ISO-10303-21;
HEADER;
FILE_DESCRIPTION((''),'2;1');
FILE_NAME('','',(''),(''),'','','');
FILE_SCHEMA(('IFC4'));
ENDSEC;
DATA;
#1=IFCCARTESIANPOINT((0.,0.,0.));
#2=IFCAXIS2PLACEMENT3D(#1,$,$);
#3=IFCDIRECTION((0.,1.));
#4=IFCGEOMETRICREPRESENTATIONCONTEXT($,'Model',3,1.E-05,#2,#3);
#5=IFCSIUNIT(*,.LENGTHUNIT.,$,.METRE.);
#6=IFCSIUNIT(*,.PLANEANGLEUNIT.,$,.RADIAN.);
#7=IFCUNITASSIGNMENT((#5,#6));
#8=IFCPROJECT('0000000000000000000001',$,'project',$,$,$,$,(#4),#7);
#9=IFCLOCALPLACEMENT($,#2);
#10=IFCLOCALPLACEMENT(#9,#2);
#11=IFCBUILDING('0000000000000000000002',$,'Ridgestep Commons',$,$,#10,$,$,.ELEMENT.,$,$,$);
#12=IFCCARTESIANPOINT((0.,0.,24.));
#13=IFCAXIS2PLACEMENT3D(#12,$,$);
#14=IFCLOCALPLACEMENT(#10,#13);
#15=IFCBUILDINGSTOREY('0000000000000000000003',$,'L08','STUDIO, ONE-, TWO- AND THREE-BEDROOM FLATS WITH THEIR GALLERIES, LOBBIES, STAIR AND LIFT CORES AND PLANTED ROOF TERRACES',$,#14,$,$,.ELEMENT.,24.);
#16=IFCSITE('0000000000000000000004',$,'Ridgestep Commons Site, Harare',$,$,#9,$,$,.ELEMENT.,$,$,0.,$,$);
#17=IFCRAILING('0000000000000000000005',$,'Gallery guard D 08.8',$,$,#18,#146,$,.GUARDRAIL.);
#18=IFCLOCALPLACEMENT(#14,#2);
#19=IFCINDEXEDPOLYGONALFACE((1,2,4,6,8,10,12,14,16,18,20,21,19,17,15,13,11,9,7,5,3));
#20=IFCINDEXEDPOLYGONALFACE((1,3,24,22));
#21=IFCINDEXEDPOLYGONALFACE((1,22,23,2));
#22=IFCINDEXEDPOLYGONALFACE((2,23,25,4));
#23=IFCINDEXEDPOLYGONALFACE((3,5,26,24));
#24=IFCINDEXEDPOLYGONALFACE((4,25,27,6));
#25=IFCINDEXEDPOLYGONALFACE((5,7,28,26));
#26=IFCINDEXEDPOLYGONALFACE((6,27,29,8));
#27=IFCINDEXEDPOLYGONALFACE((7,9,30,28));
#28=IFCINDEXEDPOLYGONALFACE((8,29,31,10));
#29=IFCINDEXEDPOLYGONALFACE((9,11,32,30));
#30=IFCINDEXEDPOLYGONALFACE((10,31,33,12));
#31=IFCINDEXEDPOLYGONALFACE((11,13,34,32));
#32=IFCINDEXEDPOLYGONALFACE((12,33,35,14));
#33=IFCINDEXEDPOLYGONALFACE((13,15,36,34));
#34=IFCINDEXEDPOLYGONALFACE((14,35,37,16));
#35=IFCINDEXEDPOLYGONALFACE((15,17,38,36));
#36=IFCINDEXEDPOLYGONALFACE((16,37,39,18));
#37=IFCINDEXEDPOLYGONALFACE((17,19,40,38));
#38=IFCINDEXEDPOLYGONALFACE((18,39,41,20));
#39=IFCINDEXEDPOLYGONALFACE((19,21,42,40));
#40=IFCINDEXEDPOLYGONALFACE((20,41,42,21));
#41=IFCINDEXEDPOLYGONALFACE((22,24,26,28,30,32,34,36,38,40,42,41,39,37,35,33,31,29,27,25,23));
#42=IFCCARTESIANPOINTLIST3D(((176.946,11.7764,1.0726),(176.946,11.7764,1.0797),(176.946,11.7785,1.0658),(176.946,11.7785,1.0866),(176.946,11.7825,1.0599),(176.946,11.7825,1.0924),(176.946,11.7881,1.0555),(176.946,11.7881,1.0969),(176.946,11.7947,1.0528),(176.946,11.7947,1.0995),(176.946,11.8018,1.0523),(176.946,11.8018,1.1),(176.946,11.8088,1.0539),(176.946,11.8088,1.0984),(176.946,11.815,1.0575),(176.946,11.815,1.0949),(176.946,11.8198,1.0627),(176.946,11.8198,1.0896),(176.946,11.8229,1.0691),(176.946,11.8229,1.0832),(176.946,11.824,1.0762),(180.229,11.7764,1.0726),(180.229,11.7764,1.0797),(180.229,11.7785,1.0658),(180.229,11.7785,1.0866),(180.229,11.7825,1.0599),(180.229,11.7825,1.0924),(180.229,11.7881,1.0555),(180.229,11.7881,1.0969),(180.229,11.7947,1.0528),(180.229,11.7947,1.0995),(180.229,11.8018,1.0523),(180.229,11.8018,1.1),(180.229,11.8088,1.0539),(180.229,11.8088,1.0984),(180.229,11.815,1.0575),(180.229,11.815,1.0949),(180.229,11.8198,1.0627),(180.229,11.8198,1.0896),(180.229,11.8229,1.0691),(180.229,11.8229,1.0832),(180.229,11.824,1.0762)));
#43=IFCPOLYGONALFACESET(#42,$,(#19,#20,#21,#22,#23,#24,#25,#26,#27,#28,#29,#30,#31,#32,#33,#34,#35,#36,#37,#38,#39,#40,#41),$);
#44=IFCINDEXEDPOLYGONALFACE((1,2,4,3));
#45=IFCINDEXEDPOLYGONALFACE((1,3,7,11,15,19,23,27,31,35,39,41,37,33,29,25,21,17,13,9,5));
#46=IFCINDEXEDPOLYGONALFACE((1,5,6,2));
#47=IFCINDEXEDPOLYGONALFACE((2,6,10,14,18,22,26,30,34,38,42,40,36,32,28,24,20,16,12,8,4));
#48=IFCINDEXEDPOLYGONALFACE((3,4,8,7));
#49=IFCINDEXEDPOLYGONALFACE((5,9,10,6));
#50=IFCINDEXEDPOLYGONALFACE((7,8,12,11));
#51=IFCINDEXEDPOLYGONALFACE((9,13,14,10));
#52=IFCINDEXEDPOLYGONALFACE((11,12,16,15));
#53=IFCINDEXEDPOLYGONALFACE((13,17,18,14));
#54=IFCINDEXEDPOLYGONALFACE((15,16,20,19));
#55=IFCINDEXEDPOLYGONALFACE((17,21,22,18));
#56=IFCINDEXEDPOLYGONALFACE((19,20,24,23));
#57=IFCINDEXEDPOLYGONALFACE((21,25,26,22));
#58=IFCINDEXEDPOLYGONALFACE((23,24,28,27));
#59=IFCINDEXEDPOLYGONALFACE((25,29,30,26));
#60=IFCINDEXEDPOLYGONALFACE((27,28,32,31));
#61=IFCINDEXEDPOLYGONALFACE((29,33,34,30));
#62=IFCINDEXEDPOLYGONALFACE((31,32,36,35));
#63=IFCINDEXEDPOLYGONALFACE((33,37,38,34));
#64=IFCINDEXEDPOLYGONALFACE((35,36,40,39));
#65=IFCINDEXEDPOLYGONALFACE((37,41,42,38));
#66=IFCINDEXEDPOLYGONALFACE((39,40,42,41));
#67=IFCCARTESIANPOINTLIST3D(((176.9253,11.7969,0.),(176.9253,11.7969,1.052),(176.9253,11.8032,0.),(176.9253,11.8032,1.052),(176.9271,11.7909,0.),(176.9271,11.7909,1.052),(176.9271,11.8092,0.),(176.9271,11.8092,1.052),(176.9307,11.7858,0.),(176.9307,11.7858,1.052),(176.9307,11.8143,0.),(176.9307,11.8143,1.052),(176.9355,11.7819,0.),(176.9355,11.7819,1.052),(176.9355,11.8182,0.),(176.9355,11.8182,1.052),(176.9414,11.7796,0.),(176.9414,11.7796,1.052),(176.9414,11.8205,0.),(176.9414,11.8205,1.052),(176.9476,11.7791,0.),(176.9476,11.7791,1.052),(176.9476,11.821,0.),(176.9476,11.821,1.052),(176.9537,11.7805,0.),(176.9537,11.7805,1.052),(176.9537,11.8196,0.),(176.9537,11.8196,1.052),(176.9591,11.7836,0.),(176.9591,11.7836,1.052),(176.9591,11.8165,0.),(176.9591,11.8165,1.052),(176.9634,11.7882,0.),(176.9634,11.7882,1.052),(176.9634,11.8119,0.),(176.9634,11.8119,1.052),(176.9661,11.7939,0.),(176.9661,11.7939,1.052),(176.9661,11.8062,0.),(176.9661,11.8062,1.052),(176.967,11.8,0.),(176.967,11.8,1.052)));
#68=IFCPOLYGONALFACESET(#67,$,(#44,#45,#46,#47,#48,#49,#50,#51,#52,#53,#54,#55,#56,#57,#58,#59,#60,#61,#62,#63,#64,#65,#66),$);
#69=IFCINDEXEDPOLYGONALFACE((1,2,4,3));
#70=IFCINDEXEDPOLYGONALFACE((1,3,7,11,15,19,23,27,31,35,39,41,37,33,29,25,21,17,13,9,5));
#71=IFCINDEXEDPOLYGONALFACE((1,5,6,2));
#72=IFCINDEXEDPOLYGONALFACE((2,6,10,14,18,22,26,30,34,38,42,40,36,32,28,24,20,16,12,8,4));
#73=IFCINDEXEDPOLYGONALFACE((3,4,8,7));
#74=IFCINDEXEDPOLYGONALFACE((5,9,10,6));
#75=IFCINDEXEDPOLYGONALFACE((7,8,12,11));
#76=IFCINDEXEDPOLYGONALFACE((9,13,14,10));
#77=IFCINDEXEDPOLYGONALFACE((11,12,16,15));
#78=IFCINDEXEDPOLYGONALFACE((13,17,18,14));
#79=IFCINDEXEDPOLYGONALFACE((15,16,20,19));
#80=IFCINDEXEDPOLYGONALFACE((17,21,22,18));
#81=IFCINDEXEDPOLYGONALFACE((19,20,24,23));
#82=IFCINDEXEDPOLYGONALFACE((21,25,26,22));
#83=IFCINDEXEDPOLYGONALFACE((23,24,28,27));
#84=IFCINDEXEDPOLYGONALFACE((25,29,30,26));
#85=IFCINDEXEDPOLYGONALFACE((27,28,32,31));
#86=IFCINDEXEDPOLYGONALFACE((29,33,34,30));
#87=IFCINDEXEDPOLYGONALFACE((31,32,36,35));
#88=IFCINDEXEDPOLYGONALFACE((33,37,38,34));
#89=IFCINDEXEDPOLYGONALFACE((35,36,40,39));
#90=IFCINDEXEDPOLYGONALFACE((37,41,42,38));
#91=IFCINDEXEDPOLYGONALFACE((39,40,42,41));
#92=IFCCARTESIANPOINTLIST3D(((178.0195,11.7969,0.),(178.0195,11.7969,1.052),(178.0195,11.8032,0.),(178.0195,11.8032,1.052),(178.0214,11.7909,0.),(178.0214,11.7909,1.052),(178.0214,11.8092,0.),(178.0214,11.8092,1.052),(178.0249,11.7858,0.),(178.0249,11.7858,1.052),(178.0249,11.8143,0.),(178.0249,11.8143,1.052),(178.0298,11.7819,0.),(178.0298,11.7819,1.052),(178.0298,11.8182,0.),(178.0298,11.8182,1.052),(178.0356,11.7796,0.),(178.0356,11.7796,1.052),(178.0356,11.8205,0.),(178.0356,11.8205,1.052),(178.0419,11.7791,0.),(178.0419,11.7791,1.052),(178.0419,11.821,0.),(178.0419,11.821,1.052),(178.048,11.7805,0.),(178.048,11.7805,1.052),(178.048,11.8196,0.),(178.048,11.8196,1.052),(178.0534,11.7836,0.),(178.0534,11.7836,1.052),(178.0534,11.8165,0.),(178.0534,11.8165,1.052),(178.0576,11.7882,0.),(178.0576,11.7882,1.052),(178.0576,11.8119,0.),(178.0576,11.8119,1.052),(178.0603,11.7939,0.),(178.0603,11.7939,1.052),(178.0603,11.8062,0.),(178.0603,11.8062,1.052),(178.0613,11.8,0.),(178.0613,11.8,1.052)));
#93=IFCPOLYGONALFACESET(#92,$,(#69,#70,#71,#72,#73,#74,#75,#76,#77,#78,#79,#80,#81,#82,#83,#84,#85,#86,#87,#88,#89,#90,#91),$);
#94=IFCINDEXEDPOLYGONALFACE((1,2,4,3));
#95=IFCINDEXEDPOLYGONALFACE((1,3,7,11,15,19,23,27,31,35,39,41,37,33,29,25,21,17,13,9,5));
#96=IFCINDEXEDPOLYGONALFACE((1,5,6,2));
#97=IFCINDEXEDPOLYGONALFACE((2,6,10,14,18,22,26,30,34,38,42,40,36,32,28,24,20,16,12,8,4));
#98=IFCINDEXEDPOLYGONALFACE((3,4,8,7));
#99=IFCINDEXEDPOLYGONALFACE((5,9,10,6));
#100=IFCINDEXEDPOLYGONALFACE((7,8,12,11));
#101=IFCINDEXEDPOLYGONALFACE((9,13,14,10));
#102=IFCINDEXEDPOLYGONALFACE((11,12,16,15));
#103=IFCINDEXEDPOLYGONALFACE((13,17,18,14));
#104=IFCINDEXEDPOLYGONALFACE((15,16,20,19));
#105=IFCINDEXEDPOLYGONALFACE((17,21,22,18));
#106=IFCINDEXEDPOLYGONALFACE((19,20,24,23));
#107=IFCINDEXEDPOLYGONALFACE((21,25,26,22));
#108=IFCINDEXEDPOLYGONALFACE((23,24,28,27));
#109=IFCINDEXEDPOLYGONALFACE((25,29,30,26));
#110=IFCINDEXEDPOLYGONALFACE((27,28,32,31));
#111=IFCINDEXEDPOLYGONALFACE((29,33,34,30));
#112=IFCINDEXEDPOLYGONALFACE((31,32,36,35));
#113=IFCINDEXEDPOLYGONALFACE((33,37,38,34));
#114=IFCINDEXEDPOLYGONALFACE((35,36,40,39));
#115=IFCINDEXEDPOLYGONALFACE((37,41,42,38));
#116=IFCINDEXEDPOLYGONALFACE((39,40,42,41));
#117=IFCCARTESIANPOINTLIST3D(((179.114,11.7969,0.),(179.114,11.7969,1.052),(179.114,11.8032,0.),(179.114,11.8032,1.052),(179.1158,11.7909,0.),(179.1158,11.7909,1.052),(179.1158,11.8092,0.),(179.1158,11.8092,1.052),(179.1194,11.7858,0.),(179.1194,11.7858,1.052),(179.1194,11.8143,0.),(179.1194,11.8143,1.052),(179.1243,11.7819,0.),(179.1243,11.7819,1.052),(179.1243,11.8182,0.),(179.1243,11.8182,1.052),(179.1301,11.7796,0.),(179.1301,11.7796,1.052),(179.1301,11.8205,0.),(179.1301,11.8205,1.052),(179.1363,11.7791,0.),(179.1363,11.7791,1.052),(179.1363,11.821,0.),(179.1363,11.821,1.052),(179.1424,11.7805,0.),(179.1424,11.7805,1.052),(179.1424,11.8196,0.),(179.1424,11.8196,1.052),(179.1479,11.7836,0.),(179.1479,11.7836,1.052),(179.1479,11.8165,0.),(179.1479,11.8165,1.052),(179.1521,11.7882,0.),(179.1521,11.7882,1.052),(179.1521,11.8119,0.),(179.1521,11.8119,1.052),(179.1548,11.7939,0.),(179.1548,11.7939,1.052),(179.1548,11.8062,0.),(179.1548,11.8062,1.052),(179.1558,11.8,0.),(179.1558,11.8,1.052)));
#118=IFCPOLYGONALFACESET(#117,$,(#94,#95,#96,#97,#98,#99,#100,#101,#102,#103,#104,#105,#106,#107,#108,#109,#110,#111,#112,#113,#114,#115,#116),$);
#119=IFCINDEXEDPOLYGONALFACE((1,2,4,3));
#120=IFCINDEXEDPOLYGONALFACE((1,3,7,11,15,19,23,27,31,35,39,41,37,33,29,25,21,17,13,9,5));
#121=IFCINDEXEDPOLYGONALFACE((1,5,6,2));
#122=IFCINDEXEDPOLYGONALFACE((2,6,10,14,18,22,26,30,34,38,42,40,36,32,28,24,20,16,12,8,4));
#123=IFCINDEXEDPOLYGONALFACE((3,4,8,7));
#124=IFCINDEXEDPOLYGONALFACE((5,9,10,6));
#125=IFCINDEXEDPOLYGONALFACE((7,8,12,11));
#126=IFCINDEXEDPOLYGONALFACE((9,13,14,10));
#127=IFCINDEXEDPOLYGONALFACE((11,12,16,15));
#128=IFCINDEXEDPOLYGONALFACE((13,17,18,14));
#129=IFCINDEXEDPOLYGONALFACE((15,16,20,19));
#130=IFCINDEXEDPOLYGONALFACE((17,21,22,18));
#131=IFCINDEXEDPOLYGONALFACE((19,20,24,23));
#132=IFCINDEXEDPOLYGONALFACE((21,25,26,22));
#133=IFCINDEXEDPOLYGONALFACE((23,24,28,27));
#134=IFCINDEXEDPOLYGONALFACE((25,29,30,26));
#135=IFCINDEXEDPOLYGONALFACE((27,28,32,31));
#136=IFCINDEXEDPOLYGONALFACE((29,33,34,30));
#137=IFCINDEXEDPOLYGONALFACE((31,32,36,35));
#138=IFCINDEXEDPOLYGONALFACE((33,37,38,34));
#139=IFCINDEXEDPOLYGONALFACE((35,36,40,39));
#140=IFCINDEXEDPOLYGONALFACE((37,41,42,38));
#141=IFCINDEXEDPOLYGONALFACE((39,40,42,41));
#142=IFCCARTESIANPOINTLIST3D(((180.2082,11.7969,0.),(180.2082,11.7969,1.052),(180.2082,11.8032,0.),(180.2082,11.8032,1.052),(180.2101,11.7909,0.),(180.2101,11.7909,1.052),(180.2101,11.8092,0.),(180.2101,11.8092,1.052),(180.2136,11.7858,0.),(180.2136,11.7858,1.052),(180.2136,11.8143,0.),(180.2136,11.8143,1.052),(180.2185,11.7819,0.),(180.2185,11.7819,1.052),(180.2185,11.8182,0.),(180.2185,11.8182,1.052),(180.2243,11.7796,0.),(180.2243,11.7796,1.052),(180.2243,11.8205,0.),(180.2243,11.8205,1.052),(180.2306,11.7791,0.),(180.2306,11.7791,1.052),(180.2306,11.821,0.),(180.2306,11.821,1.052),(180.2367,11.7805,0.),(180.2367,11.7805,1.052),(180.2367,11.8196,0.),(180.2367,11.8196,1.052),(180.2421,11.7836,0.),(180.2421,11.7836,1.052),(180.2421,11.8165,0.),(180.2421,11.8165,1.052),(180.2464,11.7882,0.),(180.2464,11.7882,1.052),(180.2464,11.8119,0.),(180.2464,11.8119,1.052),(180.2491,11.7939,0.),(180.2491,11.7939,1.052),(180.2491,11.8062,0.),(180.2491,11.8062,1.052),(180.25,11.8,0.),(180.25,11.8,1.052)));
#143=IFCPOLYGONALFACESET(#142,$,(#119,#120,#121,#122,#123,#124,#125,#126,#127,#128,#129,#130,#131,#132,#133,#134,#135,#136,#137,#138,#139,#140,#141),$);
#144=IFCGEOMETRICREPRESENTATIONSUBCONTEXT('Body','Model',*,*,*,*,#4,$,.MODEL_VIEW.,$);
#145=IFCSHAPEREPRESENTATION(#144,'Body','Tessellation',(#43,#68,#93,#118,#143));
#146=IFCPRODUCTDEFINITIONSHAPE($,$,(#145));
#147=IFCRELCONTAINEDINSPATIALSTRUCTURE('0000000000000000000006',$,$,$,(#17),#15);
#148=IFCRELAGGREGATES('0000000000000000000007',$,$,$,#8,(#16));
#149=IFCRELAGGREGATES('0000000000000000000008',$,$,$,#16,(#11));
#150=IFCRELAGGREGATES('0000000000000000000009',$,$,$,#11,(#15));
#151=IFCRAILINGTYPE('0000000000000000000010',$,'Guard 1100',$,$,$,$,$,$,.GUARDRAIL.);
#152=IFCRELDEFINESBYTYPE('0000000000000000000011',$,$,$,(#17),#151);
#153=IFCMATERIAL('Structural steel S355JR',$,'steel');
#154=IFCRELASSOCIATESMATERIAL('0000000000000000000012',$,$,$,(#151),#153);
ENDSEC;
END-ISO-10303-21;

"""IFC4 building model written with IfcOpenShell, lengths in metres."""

from ifc_helpers import new_model, si_unit, direction, frame, origin, origin_2d, place, context, subcontext, project, spatial, circle, extrude, material, type_object, element, save


model = new_model("IFC4")

# Units and contexts
model_context = context("Model", 3, precision=1e-05, world=origin(), true_north=direction((0.0, 1.0)))
body_context = subcontext(model_context, "Body", "Model", "MODEL_VIEW")
ifc_project = project(units=[si_unit("LENGTHUNIT", "METRE"), si_unit("PLANEANGLEUNIT", "RADIAN")], contexts=[model_context])

# Site, building, storey
site_placement = place(None, origin())
site = spatial("IfcSite", under=ifc_project, at=site_placement, Name="Ridgestep Commons Site, Harare", CompositionType="ELEMENT", RefElevation=0.0)
building_placement = place(site_placement, origin())
building = spatial("IfcBuilding", under=site, at=building_placement, Name="Ridgestep Commons", CompositionType="ELEMENT")
storey_placement = place(building_placement, frame((0.0, 0.0, 24.0)))
storey = spatial("IfcBuildingStorey", under=building, at=storey_placement, Name="L08", Description="STUDIO, ONE-, TWO- AND THREE-BEDROOM FLATS WITH THEIR GALLERIES, LOBBIES, STAIR AND LIFT CORES AND PLANTED ROOF TERRACES", CompositionType="ELEMENT", Elevation=24.0)

# Railing
ifc_material_1 = material(Name="Structural steel S355JR", Category="steel")
railing_type = type_object("IfcRailingType", Name="Guard 1100", PredefinedType="GUARDRAIL", material=ifc_material_1)
for number, where, name in (
    (1, (176.946, 11.8, 0.0), "Gallery guard D 08.8"),
):
    element("IfcRailing", number, at=place(storey_placement, frame(where)), inside=storey, type_object=railing_type, Name=name, PredefinedType="GUARDRAIL", context=body_context, shape_type="SweptSolid", body=[
        extrude(circle(Radius=0.0239, at=origin_2d()), frame((0.0, 0.0, 1.0762), z_axis=(1.0, 0.0, 0.0), x_axis=(0.0, 1.0, 0.0)), (0.0, 0.0, 1.0), 3.283),
        extrude(circle(Radius=0.021, at=origin_2d()), origin(), (0.0, 0.0, 1.0), 1.052),
        extrude(circle(Radius=0.021, at=origin_2d()), frame((1.0942, 0.0, 0.0)), (0.0, 0.0, 1.0), 1.052),
        extrude(circle(Radius=0.021, at=origin_2d()), frame((2.1887, 0.0, 0.0)), (0.0, 0.0, 1.0), 1.052),
        extrude(circle(Radius=0.021, at=origin_2d()), frame((3.283, 0.0, 0.0)), (0.0, 0.0, 1.0), 1.052),
    ])

save(model, "model.ifc")
